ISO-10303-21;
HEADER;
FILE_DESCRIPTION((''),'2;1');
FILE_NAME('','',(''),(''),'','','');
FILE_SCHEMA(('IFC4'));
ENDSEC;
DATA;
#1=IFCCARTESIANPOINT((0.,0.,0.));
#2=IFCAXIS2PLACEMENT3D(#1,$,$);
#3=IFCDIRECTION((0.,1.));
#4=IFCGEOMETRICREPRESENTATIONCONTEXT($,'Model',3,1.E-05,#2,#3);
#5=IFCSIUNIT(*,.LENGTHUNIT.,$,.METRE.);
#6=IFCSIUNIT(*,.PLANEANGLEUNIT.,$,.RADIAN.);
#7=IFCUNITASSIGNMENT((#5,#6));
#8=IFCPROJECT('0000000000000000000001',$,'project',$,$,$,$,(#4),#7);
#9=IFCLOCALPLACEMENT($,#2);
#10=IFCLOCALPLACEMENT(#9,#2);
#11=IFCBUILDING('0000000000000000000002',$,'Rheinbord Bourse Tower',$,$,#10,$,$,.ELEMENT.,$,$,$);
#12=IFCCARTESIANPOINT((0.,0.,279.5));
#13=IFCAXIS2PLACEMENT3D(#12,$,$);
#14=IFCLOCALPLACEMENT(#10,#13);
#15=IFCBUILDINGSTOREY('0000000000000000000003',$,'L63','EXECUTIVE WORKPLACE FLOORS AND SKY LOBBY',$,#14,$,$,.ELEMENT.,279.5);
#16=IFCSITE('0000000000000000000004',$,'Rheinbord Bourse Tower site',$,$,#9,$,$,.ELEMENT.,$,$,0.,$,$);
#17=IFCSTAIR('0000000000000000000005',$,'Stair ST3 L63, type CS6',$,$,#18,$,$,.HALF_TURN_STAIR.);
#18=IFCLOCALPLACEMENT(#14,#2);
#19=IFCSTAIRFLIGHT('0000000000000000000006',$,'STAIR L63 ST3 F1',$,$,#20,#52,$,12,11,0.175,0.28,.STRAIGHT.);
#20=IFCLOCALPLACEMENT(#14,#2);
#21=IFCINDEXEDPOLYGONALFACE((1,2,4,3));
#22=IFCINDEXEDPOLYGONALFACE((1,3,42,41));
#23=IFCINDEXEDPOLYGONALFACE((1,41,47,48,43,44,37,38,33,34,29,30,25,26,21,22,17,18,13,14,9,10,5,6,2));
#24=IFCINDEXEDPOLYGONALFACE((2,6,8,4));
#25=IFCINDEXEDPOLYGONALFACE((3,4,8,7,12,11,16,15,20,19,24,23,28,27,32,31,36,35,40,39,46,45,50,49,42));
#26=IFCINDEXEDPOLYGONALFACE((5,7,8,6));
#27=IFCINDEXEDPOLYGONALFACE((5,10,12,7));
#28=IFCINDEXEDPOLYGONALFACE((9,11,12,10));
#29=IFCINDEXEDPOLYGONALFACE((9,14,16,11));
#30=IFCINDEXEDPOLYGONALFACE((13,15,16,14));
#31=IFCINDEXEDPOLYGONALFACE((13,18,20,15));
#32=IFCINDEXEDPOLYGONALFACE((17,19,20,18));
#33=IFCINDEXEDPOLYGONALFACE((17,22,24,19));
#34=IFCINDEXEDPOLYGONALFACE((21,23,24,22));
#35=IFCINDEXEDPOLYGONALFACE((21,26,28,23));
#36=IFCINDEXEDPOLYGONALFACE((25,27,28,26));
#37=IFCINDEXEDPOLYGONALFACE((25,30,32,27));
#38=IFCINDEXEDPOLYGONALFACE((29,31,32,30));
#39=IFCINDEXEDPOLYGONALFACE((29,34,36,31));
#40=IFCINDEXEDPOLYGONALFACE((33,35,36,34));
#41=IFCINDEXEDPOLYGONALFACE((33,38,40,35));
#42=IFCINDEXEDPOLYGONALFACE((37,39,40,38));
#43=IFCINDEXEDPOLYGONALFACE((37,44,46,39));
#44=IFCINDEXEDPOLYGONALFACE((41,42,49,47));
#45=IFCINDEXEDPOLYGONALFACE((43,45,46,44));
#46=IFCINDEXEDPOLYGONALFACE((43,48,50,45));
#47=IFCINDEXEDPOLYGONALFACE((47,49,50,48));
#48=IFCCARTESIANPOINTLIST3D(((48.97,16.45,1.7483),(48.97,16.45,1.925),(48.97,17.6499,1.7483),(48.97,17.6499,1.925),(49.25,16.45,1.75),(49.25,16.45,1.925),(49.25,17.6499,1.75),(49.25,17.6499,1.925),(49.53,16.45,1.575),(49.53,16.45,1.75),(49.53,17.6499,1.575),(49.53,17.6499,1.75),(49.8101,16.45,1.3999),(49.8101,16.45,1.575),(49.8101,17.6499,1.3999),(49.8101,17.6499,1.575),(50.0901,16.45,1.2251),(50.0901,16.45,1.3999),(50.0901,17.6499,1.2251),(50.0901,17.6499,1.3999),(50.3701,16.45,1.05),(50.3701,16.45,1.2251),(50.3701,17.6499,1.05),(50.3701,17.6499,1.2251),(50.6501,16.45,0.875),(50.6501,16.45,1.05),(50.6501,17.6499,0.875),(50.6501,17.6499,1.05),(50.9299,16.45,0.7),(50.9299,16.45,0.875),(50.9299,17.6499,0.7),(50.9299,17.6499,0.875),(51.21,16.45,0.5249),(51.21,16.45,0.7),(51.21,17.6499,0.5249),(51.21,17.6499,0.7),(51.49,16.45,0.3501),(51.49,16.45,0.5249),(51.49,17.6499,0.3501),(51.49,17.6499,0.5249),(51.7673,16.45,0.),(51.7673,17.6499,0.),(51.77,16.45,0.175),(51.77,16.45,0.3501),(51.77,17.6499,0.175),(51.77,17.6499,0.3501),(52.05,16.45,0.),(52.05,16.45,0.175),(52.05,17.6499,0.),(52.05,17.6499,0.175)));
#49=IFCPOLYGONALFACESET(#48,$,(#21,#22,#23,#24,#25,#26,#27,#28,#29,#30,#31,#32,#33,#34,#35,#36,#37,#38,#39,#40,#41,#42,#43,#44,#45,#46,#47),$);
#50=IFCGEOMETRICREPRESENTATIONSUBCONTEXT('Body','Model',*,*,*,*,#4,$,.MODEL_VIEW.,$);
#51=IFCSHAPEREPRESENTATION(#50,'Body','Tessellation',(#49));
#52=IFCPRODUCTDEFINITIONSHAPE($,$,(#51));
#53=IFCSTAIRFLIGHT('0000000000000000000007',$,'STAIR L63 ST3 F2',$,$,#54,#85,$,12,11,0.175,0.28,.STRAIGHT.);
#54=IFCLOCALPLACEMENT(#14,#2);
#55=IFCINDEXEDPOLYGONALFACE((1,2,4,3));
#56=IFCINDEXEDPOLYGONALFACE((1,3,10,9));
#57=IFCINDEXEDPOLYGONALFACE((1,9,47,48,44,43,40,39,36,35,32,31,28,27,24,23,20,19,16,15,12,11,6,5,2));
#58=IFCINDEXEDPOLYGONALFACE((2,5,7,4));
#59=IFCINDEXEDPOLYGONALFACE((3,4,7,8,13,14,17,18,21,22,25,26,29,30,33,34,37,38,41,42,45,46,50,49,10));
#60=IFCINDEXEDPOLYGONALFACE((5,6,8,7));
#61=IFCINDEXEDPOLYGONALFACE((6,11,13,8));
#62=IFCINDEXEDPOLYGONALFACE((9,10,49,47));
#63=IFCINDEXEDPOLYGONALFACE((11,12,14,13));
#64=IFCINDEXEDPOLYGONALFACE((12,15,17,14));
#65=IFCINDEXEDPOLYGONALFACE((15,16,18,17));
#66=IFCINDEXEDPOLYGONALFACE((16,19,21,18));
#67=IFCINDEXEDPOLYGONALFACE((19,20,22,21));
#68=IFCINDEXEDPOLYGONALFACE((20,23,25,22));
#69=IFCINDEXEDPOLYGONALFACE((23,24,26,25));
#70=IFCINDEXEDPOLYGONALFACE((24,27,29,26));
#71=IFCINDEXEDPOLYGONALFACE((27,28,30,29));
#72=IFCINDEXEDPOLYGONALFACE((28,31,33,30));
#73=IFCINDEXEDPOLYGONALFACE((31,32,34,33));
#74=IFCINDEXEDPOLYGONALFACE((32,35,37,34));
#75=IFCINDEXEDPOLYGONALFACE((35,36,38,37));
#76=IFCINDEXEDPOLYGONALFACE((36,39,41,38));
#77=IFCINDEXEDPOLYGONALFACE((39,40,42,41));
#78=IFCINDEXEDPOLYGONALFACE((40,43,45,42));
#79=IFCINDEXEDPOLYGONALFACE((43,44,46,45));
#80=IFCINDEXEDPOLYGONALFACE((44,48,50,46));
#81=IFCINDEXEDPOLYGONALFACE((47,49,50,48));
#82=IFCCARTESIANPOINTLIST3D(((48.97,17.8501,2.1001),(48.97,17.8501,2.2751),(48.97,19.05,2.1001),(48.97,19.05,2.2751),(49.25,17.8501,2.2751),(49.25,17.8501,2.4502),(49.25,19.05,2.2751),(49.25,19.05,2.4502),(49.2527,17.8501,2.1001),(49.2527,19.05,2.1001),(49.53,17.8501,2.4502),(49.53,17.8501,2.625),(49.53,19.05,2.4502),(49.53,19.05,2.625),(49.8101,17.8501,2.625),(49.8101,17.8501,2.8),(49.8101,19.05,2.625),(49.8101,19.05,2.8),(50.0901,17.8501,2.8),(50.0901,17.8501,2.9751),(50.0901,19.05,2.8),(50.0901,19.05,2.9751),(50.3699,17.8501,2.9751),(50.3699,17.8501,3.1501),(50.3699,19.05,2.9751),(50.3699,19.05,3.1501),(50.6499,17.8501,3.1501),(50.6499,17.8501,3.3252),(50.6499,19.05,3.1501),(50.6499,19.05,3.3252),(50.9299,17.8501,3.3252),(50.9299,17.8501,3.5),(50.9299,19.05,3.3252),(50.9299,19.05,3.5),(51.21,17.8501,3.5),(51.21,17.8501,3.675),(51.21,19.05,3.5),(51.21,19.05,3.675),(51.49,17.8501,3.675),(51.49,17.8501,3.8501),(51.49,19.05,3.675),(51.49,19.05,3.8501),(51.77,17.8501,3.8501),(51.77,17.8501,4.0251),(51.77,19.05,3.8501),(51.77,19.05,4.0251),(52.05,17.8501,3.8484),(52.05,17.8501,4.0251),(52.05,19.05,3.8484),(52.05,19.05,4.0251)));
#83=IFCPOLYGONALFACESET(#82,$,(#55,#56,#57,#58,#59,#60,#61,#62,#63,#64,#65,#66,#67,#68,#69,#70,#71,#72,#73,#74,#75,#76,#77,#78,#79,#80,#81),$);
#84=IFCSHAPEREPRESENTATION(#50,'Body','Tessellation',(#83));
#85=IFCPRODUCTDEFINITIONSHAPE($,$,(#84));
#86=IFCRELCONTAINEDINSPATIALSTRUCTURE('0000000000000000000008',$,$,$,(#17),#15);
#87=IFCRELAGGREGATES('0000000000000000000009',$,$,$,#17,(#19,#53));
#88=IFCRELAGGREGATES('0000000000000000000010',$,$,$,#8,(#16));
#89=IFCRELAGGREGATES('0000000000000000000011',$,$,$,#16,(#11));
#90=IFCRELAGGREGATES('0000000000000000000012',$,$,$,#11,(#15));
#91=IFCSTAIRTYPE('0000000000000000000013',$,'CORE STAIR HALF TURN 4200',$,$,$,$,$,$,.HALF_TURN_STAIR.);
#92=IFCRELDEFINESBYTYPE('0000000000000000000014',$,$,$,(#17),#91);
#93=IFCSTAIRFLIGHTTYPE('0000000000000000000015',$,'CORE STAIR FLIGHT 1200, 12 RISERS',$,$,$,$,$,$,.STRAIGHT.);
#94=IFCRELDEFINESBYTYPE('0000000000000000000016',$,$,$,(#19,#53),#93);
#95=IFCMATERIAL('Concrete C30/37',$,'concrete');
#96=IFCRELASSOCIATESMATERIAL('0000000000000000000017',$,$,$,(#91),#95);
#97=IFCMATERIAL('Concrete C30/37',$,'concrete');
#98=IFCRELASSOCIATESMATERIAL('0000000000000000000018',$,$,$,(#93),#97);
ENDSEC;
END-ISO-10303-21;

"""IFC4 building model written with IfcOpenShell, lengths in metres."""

from ifc_helpers import new_model, si_unit, direction, frame, origin, place, context, subcontext, project, spatial, polyline, outline, extrude, material, type_object, element, aggregate, save


model = new_model("IFC4")

# Units and contexts
model_context = context("Model", 3, precision=1e-05, world=origin(), true_north=direction((0.0, 1.0)))
body_context = subcontext(model_context, "Body", "Model", "MODEL_VIEW")
ifc_project = project(units=[si_unit("LENGTHUNIT", "METRE"), si_unit("PLANEANGLEUNIT", "RADIAN")], contexts=[model_context])

# Site, building, storey
site_placement = place(None, origin())
site = spatial("IfcSite", under=ifc_project, at=site_placement, Name="Rheinbord Bourse Tower site", CompositionType="ELEMENT", RefElevation=0.0)
building_placement = place(site_placement, origin())
building = spatial("IfcBuilding", under=site, at=building_placement, Name="Rheinbord Bourse Tower", CompositionType="ELEMENT")
storey_placement = place(building_placement, frame((0.0, 0.0, 279.5)))
storey = spatial("IfcBuildingStorey", under=building, at=storey_placement, Name="L63", Description="EXECUTIVE WORKPLACE FLOORS AND SKY LOBBY", CompositionType="ELEMENT", Elevation=279.5)

# Stair, stair flights
ifc_material_1 = material(Name="Concrete C30/37", Category="concrete")
stair_type = type_object("IfcStairType", Name="CORE STAIR HALF TURN 4200", PredefinedType="HALF_TURN_STAIR", material=ifc_material_1)
stair_placement = place(storey_placement, origin())
stair = element("IfcStair", 1, at=stair_placement, inside=storey, type_object=stair_type, Name="Stair ST3 L63, type CS6", PredefinedType="HALF_TURN_STAIR")
ifc_material_2 = material(Name="Concrete C30/37", Category="concrete")
stair_flight_type = type_object("IfcStairFlightType", Name="CORE STAIR FLIGHT 1200, 12 RISERS", PredefinedType="STRAIGHT", material=ifc_material_2)
stair_flight_1_placement = place(storey_placement, frame((52.05, 17.05, 0.0), z_axis=(0.0, 0.0, 1.0), x_axis=(-1.0, 0.0, 0.0)))
stair_flight_1 = element("IfcStairFlight", 2, at=stair_flight_1_placement, type_object=stair_flight_type, Name="STAIR L63 ST3 F1", NumberOfRisers=12, NumberOfTreads=11, PredefinedType="STRAIGHT", RiserHeight=0.175, TreadLength=0.28, context=body_context, shape_type="SweptSolid", body=[
    extrude(outline(polyline([(0.0, 0.0), (0.0, 0.175), (0.28, 0.175), (0.28, 0.3501), (0.5601, 0.3501), (0.5601, 0.5249), (0.8401, 0.5249), (0.8401, 0.7), (1.1201, 0.7), (1.1201, 0.875), (1.3999, 0.875), (1.3999, 1.05), (1.6799, 1.05), (1.6799, 1.2251), (1.96, 1.2251), (1.96, 1.3999), (2.24, 1.3999), (2.24, 1.575), (2.52, 1.575), (2.52, 1.75), (2.8, 1.75), (2.8, 1.925), (3.0801, 1.925), (3.0801, 2.1001), (3.0801, 1.7483), (0.2827, 0.0), (0.0, 0.0)])), frame((0.0, 0.6001, 0.0), z_axis=(0.0, -1.0, 0.0), x_axis=(1.0, 0.0, 0.0)), (0.0, 0.0, 1.0), 1.2),
])
stair_flight_2_placement = place(storey_placement, frame((48.97, 18.45, 2.1001), z_axis=(0.0, 0.0, 1.0), x_axis=(1.0, 0.0, 0.0)))
stair_flight_2 = element("IfcStairFlight", 3, at=stair_flight_2_placement, type_object=stair_flight_type, Name="STAIR L63 ST3 F2", NumberOfRisers=12, NumberOfTreads=11, PredefinedType="STRAIGHT", RiserHeight=0.175, TreadLength=0.28, context=body_context, shape_type="SweptSolid", body=[
    extrude(outline(polyline([(0.0, 0.0), (0.0, 0.175), (0.28, 0.175), (0.28, 0.3501), (0.5601, 0.3501), (0.5601, 0.5249), (0.8401, 0.5249), (0.8401, 0.7), (1.1201, 0.7), (1.1201, 0.875), (1.3999, 0.875), (1.3999, 1.05), (1.6799, 1.05), (1.6799, 1.2251), (1.96, 1.2251), (1.96, 1.3999), (2.24, 1.3999), (2.24, 1.575), (2.52, 1.575), (2.52, 1.75), (2.8, 1.75), (2.8, 1.925), (3.0801, 1.925), (3.0801, 2.1001), (3.0801, 1.7483), (0.2827, 0.0), (0.0, 0.0)])), frame((0.0, 0.6001, 0.0), z_axis=(0.0, -1.0, 0.0), x_axis=(1.0, 0.0, 0.0)), (0.0, 0.0, 1.0), 1.2),
])
aggregate(stair, [stair_flight_1, stair_flight_2])

save(model, "model.ifc")
